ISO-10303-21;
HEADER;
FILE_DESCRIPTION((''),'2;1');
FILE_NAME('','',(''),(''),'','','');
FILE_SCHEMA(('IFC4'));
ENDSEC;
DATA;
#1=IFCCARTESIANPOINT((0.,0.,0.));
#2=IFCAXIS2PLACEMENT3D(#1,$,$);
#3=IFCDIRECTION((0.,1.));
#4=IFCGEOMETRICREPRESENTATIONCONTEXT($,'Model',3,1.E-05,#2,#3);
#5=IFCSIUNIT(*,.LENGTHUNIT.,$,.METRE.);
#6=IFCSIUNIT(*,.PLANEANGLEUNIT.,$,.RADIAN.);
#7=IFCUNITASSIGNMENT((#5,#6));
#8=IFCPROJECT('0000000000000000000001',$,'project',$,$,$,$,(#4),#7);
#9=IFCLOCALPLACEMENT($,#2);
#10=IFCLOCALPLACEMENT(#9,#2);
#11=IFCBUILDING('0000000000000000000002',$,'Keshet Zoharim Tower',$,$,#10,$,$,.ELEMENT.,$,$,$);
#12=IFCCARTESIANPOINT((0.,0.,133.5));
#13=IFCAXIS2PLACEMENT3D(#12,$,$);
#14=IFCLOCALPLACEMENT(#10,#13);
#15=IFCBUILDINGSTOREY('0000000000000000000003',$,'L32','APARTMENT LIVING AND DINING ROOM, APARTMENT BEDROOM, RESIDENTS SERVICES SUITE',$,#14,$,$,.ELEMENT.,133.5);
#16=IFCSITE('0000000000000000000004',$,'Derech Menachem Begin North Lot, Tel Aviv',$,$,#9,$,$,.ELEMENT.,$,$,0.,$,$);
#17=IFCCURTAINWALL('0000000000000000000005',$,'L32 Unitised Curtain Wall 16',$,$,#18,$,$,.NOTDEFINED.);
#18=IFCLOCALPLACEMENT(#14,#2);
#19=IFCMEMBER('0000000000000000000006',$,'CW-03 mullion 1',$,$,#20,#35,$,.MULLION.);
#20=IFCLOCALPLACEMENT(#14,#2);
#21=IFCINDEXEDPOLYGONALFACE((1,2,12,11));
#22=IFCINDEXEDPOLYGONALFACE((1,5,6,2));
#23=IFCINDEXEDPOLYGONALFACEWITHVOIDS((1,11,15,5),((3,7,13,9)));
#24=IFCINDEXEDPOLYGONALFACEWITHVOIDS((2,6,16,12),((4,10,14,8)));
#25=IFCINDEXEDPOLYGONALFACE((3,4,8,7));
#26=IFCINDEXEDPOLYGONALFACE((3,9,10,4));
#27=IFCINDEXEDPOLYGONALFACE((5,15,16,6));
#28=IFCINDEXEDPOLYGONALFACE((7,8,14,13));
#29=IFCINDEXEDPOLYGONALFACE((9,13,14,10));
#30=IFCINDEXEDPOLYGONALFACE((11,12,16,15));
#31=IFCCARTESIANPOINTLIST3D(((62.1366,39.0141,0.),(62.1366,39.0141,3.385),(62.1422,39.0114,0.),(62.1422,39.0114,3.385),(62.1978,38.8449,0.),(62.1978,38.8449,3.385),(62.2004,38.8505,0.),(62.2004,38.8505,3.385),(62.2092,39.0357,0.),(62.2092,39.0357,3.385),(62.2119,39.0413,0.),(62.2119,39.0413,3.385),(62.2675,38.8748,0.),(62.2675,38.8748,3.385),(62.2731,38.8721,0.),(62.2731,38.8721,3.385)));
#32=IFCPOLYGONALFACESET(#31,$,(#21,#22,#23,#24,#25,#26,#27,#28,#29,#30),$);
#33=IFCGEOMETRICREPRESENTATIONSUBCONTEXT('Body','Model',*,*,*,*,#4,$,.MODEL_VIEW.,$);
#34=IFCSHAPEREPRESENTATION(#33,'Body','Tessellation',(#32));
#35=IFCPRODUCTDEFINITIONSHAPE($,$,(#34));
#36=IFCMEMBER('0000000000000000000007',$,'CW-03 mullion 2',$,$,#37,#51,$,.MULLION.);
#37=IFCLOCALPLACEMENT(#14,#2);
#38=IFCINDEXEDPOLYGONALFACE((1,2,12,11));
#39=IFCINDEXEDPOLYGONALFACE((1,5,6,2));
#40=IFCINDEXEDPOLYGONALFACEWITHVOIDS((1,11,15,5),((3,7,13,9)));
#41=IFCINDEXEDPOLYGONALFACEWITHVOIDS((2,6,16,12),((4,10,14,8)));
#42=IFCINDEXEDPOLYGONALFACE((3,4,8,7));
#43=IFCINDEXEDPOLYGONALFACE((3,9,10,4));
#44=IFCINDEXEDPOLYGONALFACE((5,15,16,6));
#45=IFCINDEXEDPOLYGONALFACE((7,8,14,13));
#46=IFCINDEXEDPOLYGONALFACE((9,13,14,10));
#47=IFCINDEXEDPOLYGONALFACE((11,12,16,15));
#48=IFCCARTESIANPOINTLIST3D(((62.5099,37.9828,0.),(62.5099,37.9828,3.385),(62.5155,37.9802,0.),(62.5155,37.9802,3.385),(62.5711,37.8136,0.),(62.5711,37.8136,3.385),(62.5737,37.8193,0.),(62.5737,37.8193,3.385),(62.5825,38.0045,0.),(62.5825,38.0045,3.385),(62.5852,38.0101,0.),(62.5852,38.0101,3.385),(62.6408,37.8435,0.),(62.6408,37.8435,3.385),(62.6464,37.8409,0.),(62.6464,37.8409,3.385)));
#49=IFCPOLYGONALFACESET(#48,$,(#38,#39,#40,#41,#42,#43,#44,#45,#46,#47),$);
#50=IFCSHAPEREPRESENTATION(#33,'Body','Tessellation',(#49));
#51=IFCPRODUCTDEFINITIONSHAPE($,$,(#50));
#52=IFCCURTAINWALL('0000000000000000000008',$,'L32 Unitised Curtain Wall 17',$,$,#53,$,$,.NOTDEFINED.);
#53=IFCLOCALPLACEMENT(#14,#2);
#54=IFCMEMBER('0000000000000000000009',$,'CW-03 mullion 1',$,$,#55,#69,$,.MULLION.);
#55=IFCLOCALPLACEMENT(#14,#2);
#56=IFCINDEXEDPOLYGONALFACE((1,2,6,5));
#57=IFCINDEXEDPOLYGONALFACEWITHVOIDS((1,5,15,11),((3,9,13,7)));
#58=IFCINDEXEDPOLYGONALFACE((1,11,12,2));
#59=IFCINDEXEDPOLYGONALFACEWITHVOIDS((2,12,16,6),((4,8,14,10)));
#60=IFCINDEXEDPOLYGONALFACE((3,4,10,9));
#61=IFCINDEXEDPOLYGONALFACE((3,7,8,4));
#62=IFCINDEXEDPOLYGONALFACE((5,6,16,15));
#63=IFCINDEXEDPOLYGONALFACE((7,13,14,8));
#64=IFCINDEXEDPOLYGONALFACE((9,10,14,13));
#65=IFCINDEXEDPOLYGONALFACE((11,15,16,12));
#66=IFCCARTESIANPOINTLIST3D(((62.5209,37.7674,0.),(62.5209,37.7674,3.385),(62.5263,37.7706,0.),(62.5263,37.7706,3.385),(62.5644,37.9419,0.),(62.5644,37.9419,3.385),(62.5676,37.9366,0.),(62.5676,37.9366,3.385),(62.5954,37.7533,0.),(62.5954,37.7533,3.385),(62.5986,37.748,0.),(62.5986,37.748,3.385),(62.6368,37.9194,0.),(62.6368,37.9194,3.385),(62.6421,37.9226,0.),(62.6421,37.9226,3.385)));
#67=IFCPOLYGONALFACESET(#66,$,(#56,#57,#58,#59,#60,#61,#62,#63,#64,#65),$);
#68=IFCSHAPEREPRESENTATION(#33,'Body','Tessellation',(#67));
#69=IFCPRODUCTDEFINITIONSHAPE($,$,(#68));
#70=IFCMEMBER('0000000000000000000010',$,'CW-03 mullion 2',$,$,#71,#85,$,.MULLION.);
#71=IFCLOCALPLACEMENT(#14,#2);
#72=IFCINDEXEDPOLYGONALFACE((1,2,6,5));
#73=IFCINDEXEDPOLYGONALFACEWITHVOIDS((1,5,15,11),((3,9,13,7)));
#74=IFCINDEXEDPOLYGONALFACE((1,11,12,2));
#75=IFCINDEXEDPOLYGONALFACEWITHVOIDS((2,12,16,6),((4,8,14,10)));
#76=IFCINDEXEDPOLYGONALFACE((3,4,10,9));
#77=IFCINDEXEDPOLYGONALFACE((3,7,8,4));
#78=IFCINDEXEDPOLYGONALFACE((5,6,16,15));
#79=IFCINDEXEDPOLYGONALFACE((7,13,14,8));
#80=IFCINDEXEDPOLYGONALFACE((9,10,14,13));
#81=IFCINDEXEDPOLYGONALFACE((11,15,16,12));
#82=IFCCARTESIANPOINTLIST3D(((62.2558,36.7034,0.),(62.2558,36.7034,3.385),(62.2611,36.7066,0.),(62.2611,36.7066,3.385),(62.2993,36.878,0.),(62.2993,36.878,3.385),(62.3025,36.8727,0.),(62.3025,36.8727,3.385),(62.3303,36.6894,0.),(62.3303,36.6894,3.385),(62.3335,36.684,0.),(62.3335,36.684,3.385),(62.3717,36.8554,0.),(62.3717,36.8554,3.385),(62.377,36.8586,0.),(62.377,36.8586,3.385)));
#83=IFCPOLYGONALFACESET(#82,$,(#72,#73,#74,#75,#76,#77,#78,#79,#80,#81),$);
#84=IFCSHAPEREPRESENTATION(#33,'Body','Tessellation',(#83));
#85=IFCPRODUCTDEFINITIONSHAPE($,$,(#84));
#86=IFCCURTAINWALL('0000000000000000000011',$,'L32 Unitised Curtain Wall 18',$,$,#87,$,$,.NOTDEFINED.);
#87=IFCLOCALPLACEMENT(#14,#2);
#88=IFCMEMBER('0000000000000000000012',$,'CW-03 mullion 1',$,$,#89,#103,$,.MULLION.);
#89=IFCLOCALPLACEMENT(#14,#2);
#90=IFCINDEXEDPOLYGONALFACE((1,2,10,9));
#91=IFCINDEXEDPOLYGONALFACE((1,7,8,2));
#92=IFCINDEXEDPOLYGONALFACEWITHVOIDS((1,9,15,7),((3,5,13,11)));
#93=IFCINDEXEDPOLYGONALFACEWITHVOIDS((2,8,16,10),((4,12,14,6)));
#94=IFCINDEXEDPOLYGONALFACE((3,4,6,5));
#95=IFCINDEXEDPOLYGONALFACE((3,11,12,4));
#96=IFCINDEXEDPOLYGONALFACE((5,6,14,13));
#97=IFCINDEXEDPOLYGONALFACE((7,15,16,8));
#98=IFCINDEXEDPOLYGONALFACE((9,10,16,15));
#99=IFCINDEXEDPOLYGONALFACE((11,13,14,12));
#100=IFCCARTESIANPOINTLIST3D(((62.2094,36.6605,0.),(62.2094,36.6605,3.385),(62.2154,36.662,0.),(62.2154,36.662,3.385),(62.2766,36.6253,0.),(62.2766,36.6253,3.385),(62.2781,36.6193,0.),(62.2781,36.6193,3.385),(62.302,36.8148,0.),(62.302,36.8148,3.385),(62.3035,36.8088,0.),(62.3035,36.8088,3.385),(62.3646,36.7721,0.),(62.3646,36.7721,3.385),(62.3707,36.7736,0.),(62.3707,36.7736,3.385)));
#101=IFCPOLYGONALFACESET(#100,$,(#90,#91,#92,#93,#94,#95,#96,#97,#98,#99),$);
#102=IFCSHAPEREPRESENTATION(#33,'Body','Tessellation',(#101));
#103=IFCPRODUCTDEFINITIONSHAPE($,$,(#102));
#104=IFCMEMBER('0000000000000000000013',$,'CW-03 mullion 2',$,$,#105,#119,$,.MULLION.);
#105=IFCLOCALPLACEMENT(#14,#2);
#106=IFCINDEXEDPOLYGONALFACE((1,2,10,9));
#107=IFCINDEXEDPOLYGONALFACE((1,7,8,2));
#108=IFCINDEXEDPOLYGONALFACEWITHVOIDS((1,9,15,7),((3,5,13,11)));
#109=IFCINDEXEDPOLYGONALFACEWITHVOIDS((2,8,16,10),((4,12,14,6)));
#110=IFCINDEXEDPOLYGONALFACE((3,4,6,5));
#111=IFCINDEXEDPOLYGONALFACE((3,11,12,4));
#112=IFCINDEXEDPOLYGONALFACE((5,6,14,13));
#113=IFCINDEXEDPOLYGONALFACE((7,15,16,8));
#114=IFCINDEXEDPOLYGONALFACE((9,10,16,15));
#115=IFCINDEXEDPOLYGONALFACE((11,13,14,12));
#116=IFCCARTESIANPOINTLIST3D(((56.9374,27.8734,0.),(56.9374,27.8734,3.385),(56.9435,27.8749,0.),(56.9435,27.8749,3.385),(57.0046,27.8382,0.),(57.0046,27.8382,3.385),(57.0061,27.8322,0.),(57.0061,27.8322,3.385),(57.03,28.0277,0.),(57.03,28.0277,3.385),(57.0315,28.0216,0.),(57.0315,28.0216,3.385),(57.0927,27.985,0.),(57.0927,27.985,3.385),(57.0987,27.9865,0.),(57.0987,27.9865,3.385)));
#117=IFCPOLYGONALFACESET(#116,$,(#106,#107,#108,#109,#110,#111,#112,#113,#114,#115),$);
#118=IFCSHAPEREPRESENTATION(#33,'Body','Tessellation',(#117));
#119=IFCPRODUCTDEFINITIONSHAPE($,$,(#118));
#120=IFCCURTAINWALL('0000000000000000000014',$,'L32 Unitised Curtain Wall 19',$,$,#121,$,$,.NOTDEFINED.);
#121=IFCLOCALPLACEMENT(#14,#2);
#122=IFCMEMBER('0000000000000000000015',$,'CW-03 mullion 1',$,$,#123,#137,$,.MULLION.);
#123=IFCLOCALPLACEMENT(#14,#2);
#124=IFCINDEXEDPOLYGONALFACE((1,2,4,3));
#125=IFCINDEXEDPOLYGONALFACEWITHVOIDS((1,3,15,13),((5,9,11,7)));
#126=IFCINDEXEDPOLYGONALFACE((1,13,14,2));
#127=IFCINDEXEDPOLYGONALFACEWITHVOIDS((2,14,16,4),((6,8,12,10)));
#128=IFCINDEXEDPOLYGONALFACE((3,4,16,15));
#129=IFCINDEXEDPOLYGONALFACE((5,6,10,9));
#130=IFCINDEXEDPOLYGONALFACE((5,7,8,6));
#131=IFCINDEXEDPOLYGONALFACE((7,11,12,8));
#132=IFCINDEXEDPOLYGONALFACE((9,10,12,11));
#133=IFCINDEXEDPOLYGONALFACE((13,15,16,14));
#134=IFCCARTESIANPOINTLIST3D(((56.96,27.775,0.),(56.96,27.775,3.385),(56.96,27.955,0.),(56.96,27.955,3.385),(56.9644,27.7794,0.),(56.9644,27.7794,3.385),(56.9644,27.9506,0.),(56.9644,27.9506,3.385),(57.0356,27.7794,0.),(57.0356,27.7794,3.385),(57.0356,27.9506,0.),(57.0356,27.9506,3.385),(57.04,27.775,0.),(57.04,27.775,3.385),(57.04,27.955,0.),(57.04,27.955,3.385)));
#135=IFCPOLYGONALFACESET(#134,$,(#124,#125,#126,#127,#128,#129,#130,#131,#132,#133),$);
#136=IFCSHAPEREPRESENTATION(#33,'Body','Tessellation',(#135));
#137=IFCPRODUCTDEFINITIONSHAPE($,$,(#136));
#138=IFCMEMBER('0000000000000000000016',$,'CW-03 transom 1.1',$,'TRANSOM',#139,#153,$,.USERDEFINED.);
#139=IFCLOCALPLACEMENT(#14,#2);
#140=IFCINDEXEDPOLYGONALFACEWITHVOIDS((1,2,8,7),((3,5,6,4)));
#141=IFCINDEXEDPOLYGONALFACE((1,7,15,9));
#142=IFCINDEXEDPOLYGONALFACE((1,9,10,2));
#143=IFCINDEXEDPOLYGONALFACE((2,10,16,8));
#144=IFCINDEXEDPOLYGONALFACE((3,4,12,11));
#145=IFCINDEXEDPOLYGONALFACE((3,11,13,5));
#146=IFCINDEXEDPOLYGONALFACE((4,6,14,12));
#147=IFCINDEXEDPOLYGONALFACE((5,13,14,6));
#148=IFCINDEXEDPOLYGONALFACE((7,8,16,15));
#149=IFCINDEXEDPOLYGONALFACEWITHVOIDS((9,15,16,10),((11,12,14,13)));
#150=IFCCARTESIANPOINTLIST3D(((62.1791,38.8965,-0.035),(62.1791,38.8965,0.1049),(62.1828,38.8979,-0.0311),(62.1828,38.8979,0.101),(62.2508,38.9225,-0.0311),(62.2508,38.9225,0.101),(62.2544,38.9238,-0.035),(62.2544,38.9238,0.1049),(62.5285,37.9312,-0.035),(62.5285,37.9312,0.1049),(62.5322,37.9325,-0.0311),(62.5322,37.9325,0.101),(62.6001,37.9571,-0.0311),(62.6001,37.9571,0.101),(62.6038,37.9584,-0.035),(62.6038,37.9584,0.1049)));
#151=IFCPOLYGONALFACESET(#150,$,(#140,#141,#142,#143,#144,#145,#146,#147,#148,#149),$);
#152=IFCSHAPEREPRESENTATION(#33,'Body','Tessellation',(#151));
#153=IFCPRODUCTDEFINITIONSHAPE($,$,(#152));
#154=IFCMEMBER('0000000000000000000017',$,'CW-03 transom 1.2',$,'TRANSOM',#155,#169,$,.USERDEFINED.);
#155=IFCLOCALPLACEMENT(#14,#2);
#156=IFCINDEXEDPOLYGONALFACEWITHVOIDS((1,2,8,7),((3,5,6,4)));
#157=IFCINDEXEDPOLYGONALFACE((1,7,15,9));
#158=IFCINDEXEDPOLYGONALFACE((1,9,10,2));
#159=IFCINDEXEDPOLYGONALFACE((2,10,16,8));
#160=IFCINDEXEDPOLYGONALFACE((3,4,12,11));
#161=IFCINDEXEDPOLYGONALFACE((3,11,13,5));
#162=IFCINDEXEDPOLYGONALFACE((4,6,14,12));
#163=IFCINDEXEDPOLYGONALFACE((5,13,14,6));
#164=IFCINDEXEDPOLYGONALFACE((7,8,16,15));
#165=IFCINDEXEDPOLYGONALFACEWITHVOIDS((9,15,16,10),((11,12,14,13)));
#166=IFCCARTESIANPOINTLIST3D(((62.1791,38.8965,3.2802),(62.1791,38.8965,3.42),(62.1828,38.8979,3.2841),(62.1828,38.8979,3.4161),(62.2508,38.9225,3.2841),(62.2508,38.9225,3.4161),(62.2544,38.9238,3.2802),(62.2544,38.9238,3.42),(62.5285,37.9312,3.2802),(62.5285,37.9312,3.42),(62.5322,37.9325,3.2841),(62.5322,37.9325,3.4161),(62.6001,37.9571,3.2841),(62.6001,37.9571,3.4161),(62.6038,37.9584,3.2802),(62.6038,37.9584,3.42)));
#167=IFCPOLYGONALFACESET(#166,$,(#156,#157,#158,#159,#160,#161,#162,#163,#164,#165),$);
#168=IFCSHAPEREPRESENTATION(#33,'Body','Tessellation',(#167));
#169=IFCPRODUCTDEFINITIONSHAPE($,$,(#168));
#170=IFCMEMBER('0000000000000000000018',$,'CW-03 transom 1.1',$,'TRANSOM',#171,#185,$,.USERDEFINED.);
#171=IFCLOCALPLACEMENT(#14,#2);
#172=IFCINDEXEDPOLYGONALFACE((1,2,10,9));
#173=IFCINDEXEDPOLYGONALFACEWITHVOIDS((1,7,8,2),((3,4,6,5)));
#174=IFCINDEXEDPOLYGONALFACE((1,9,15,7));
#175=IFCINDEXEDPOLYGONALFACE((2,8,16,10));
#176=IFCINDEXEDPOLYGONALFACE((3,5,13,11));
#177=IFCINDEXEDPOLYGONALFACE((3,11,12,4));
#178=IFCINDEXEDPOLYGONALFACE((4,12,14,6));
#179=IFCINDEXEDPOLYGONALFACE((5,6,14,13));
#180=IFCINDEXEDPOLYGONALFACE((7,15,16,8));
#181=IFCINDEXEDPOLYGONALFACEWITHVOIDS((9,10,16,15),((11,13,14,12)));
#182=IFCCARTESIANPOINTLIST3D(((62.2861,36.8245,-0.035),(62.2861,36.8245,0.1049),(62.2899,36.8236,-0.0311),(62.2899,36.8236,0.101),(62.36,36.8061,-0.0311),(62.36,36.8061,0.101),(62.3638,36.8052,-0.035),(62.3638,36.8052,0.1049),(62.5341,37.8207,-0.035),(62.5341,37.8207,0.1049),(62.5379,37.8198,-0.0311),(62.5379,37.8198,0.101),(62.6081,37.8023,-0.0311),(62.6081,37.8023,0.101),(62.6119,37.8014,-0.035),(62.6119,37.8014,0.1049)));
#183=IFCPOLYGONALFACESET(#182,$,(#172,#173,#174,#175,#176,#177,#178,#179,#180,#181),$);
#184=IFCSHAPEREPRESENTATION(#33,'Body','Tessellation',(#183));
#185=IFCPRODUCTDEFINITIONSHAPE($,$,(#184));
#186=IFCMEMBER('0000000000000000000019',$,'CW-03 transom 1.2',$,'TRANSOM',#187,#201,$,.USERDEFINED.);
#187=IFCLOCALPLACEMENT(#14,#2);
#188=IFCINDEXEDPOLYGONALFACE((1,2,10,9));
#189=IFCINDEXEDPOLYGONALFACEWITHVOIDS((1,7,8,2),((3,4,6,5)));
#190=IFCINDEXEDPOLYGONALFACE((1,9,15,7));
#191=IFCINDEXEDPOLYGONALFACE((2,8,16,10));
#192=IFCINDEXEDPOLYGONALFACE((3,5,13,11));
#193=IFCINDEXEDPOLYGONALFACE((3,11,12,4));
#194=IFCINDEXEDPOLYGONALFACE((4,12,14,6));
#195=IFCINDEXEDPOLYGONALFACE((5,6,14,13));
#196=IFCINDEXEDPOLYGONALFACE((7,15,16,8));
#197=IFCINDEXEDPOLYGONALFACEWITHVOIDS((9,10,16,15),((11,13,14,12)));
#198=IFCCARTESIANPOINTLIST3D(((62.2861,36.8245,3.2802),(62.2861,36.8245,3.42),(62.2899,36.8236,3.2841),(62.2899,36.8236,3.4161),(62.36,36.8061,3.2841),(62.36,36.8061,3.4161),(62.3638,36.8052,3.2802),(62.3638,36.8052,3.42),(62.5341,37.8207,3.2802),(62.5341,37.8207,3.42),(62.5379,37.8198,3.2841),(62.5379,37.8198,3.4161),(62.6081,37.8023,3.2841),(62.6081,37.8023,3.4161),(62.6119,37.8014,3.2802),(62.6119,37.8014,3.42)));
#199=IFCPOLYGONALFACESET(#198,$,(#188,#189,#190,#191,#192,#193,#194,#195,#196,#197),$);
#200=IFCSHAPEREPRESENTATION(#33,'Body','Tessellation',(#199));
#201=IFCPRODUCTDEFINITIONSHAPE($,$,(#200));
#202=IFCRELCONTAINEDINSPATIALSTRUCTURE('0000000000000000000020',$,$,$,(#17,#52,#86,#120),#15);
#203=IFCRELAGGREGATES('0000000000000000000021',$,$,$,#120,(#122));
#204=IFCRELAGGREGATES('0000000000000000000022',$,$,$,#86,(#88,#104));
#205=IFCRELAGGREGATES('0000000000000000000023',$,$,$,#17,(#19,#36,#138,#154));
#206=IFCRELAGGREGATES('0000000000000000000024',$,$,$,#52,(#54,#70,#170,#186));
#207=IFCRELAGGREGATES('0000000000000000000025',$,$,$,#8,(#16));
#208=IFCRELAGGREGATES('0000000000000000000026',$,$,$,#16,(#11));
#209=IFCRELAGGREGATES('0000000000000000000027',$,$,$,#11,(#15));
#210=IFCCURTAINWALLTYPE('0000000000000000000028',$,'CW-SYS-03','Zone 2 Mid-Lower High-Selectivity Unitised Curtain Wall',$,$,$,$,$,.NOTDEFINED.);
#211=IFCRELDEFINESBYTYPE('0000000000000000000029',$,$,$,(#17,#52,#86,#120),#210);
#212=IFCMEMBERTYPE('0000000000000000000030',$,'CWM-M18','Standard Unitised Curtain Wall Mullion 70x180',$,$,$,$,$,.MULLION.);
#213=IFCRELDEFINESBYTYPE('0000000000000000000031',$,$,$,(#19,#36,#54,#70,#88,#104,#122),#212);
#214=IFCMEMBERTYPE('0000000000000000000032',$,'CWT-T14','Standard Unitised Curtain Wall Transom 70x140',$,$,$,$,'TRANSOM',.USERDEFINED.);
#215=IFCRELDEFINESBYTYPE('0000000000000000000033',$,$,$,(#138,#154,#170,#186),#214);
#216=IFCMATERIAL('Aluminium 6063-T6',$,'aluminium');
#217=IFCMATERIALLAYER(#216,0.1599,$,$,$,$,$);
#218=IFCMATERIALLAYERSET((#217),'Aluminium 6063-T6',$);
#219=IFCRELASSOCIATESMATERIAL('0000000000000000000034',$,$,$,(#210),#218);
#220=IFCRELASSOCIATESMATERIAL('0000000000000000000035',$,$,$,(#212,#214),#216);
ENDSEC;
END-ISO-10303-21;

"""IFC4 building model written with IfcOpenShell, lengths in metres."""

from ifc_helpers import new_model, si_unit, direction, frame, origin, origin_2d, place, context, subcontext, project, spatial, hollow_rectangle, extrude, material, layer, layer_set, material_profile, profile_set, type_object, element, aggregate, save


model = new_model("IFC4")

# Units and contexts
model_context = context("Model", 3, precision=1e-05, world=origin(), true_north=direction((0.0, 1.0)))
body_context = subcontext(model_context, "Body", "Model", "MODEL_VIEW")
ifc_project = project(units=[si_unit("LENGTHUNIT", "METRE"), si_unit("PLANEANGLEUNIT", "RADIAN")], contexts=[model_context])

# Site, building, storey
site_placement = place(None, origin())
site = spatial("IfcSite", under=ifc_project, at=site_placement, Name="Derech Menachem Begin North Lot, Tel Aviv", CompositionType="ELEMENT", RefElevation=0.0)
building_placement = place(site_placement, origin())
building = spatial("IfcBuilding", under=site, at=building_placement, Name="Keshet Zoharim Tower", CompositionType="ELEMENT")
storey_placement = place(building_placement, frame((0.0, 0.0, 133.5)))
storey = spatial("IfcBuildingStorey", under=building, at=storey_placement, Name="L32", Description="APARTMENT LIVING AND DINING ROOM, APARTMENT BEDROOM, RESIDENTS SERVICES SUITE", CompositionType="ELEMENT", Elevation=133.5)

# Shared definitions
ifc_material_1 = material(Name="Aluminium 6063-T6", Category="aluminium")
ifc_layer_1 = layer(ifc_material_1, 0.1599)
ifc_layer_set_1 = layer_set([ifc_layer_1], Name="Aluminium 6063-T6")
curtain_wall_type = type_object("IfcCurtainWallType", Name="CW-SYS-03", Description="Zone 2 Mid-Lower High-Selectivity Unitised Curtain Wall", PredefinedType="NOTDEFINED", material=ifc_layer_set_1)
ifc_material_profile_1 = material_profile(ifc_material_1, hollow_rectangle(XDim=0.0801, YDim=0.1799, WallThickness=0.0044, at=origin_2d()), Name="MUL-80x180")
ifc_profile_set_1 = profile_set([ifc_material_profile_1], Name="Aluminium 6063-T6")
member_type_1 = type_object("IfcMemberType", Name="CWM-M18", Description="Standard Unitised Curtain Wall Mullion 70x180", PredefinedType="MULLION", material=ifc_profile_set_1)

# Curtain walls, members
curtain_wall_1_placement = place(storey_placement, origin())
curtain_wall_1 = element("IfcCurtainWall", 1, at=curtain_wall_1_placement, inside=storey, type_object=curtain_wall_type, Name="L32 Unitised Curtain Wall 16", PredefinedType="NOTDEFINED")
member_1_placement = place(storey_placement, frame((62.2048, 38.9431, 0.0), z_axis=(0.0, 0.0, 1.0), x_axis=(0.940318, 0.340297, 0.0)))
member_1 = element("IfcMember", 2, at=member_1_placement, type_object=member_type_1, Name="CW-03 mullion 1", PredefinedType="MULLION", context=body_context, shape_type="SweptSolid", body=[
    extrude(hollow_rectangle(XDim=0.0801, YDim=0.1799, WallThickness=0.0044, at=origin_2d()), origin(), (0.0, 0.0, 1.0), 3.385),
])
member_2_placement = place(storey_placement, frame((62.5781, 37.9119, 0.0), z_axis=(0.0, 0.0, 1.0), x_axis=(0.940318, 0.340297, 0.0)))
member_2 = element("IfcMember", 3, at=member_2_placement, type_object=member_type_1, Name="CW-03 mullion 2", PredefinedType="MULLION", context=body_context, shape_type="SweptSolid", body=[
    extrude(hollow_rectangle(XDim=0.0801, YDim=0.1799, WallThickness=0.0044, at=origin_2d()), origin(), (0.0, 0.0, 1.0), 3.385),
])
curtain_wall_2_placement = place(storey_placement, origin())
curtain_wall_2 = element("IfcCurtainWall", 4, at=curtain_wall_2_placement, inside=storey, type_object=curtain_wall_type, Name="L32 Unitised Curtain Wall 17", PredefinedType="NOTDEFINED")
member_3_placement = place(storey_placement, frame((62.5815, 37.845, 0.0), z_axis=(0.0, 0.0, 1.0), x_axis=(0.970344, -0.241729, 0.0)))
member_3 = element("IfcMember", 5, at=member_3_placement, type_object=member_type_1, Name="CW-03 mullion 1", PredefinedType="MULLION", context=body_context, shape_type="SweptSolid", body=[
    extrude(hollow_rectangle(XDim=0.0801, YDim=0.1799, WallThickness=0.0044, at=origin_2d()), origin(), (0.0, 0.0, 1.0), 3.385),
])
member_4_placement = place(storey_placement, frame((62.3164, 36.781, 0.0), z_axis=(0.0, 0.0, 1.0), x_axis=(0.970344, -0.241729, 0.0)))
member_4 = element("IfcMember", 6, at=member_4_placement, type_object=member_type_1, Name="CW-03 mullion 2", PredefinedType="MULLION", context=body_context, shape_type="SweptSolid", body=[
    extrude(hollow_rectangle(XDim=0.0801, YDim=0.1799, WallThickness=0.0044, at=origin_2d()), origin(), (0.0, 0.0, 1.0), 3.385),
])
curtain_wall_3_placement = place(storey_placement, origin())
curtain_wall_3 = element("IfcCurtainWall", 7, at=curtain_wall_3_placement, inside=storey, type_object=curtain_wall_type, Name="L32 Unitised Curtain Wall 18", PredefinedType="NOTDEFINED")
member_5_placement = place(storey_placement, frame((62.29, 36.717, 0.0), z_axis=(0.0, 0.0, 1.0), x_axis=(0.857501, -0.514482, 0.0)))
member_5 = element("IfcMember", 8, at=member_5_placement, type_object=member_type_1, Name="CW-03 mullion 1", PredefinedType="MULLION", context=body_context, shape_type="SweptSolid", body=[
    extrude(hollow_rectangle(XDim=0.0801, YDim=0.1799, WallThickness=0.0044, at=origin_2d()), origin(), (0.0, 0.0, 1.0), 3.385),
])
member_6_placement = place(storey_placement, frame((57.0181, 27.9299, 0.0), z_axis=(0.0, 0.0, 1.0), x_axis=(0.857501, -0.514482, 0.0)))
member_6 = element("IfcMember", 9, at=member_6_placement, type_object=member_type_1, Name="CW-03 mullion 2", PredefinedType="MULLION", context=body_context, shape_type="SweptSolid", body=[
    extrude(hollow_rectangle(XDim=0.0801, YDim=0.1799, WallThickness=0.0044, at=origin_2d()), origin(), (0.0, 0.0, 1.0), 3.385),
])

# Curtain wall, member
curtain_wall_4_placement = place(storey_placement, origin())
curtain_wall_4 = element("IfcCurtainWall", 10, at=curtain_wall_4_placement, inside=storey, type_object=curtain_wall_type, Name="L32 Unitised Curtain Wall 19", PredefinedType="NOTDEFINED")
member_7_placement = place(storey_placement, frame((57.0, 27.865, 0.0), z_axis=(0.0, 0.0, 1.0), x_axis=(1.0, 0.0, 0.0)))
member_7 = element("IfcMember", 11, at=member_7_placement, type_object=member_type_1, Name="CW-03 mullion 1", PredefinedType="MULLION", context=body_context, shape_type="SweptSolid", body=[
    extrude(hollow_rectangle(XDim=0.0801, YDim=0.1799, WallThickness=0.0044, at=origin_2d()), origin(), (0.0, 0.0, 1.0), 3.385),
])

# Members
ifc_material_profile_2 = material_profile(ifc_material_1, hollow_rectangle(XDim=0.0801, YDim=0.1399, WallThickness=0.0039, at=origin_2d()), Name="TRN-80x140")
ifc_profile_set_2 = profile_set([ifc_material_profile_2], Name="Aluminium 6063-T6")
member_type_2 = type_object("IfcMemberType", Name="CWT-T14", Description="Standard Unitised Curtain Wall Transom 70x140", ElementType="TRANSOM", PredefinedType="USERDEFINED", material=ifc_profile_set_2)
member_8_placement = place(storey_placement, frame((62.2168, 38.9102, 0.0349), z_axis=(0.340311, -0.940313, 0.0), x_axis=(0.940313, 0.340311, 0.0)))
member_8 = element("IfcMember", 12, at=member_8_placement, type_object=member_type_2, Name="CW-03 transom 1.1", ObjectType="TRANSOM", PredefinedType="USERDEFINED", context=body_context, shape_type="SweptSolid", body=[
    extrude(hollow_rectangle(XDim=0.0801, YDim=0.1399, WallThickness=0.0039, at=origin_2d()), origin(), (0.0, 0.0, 1.0), 1.0266),
])
member_9_placement = place(storey_placement, frame((62.2168, 38.9102, 3.3501), z_axis=(0.340311, -0.940313, 0.0), x_axis=(0.940313, 0.340311, 0.0)))
member_9 = element("IfcMember", 13, at=member_9_placement, type_object=member_type_2, Name="CW-03 transom 1.2", ObjectType="TRANSOM", PredefinedType="USERDEFINED", context=body_context, shape_type="SweptSolid", body=[
    extrude(hollow_rectangle(XDim=0.0801, YDim=0.1399, WallThickness=0.0039, at=origin_2d()), origin(), (0.0, 0.0, 1.0), 1.0266),
])
member_10_placement = place(storey_placement, frame((62.573, 37.811, 0.0349), z_axis=(-0.24164, -0.970366, 0.0), x_axis=(0.970366, -0.24164, 0.0)))
member_10 = element("IfcMember", 14, at=member_10_placement, type_object=member_type_2, Name="CW-03 transom 1.1", ObjectType="TRANSOM", PredefinedType="USERDEFINED", context=body_context, shape_type="SweptSolid", body=[
    extrude(hollow_rectangle(XDim=0.0801, YDim=0.1399, WallThickness=0.0039, at=origin_2d()), origin(), (0.0, 0.0, 1.0), 1.0266),
])
member_11_placement = place(storey_placement, frame((62.573, 37.811, 3.3501), z_axis=(-0.24164, -0.970366, 0.0), x_axis=(0.970366, -0.24164, 0.0)))
member_11 = element("IfcMember", 15, at=member_11_placement, type_object=member_type_2, Name="CW-03 transom 1.2", ObjectType="TRANSOM", PredefinedType="USERDEFINED", context=body_context, shape_type="SweptSolid", body=[
    extrude(hollow_rectangle(XDim=0.0801, YDim=0.1399, WallThickness=0.0039, at=origin_2d()), origin(), (0.0, 0.0, 1.0), 1.0266),
])
aggregate(curtain_wall_4, [member_7])

aggregate(curtain_wall_3, [member_5, member_6])
aggregate(curtain_wall_1, [member_1, member_2, member_8, member_9])
aggregate(curtain_wall_2, [member_3, member_4, member_10, member_11])

save(model, "model.ifc")
